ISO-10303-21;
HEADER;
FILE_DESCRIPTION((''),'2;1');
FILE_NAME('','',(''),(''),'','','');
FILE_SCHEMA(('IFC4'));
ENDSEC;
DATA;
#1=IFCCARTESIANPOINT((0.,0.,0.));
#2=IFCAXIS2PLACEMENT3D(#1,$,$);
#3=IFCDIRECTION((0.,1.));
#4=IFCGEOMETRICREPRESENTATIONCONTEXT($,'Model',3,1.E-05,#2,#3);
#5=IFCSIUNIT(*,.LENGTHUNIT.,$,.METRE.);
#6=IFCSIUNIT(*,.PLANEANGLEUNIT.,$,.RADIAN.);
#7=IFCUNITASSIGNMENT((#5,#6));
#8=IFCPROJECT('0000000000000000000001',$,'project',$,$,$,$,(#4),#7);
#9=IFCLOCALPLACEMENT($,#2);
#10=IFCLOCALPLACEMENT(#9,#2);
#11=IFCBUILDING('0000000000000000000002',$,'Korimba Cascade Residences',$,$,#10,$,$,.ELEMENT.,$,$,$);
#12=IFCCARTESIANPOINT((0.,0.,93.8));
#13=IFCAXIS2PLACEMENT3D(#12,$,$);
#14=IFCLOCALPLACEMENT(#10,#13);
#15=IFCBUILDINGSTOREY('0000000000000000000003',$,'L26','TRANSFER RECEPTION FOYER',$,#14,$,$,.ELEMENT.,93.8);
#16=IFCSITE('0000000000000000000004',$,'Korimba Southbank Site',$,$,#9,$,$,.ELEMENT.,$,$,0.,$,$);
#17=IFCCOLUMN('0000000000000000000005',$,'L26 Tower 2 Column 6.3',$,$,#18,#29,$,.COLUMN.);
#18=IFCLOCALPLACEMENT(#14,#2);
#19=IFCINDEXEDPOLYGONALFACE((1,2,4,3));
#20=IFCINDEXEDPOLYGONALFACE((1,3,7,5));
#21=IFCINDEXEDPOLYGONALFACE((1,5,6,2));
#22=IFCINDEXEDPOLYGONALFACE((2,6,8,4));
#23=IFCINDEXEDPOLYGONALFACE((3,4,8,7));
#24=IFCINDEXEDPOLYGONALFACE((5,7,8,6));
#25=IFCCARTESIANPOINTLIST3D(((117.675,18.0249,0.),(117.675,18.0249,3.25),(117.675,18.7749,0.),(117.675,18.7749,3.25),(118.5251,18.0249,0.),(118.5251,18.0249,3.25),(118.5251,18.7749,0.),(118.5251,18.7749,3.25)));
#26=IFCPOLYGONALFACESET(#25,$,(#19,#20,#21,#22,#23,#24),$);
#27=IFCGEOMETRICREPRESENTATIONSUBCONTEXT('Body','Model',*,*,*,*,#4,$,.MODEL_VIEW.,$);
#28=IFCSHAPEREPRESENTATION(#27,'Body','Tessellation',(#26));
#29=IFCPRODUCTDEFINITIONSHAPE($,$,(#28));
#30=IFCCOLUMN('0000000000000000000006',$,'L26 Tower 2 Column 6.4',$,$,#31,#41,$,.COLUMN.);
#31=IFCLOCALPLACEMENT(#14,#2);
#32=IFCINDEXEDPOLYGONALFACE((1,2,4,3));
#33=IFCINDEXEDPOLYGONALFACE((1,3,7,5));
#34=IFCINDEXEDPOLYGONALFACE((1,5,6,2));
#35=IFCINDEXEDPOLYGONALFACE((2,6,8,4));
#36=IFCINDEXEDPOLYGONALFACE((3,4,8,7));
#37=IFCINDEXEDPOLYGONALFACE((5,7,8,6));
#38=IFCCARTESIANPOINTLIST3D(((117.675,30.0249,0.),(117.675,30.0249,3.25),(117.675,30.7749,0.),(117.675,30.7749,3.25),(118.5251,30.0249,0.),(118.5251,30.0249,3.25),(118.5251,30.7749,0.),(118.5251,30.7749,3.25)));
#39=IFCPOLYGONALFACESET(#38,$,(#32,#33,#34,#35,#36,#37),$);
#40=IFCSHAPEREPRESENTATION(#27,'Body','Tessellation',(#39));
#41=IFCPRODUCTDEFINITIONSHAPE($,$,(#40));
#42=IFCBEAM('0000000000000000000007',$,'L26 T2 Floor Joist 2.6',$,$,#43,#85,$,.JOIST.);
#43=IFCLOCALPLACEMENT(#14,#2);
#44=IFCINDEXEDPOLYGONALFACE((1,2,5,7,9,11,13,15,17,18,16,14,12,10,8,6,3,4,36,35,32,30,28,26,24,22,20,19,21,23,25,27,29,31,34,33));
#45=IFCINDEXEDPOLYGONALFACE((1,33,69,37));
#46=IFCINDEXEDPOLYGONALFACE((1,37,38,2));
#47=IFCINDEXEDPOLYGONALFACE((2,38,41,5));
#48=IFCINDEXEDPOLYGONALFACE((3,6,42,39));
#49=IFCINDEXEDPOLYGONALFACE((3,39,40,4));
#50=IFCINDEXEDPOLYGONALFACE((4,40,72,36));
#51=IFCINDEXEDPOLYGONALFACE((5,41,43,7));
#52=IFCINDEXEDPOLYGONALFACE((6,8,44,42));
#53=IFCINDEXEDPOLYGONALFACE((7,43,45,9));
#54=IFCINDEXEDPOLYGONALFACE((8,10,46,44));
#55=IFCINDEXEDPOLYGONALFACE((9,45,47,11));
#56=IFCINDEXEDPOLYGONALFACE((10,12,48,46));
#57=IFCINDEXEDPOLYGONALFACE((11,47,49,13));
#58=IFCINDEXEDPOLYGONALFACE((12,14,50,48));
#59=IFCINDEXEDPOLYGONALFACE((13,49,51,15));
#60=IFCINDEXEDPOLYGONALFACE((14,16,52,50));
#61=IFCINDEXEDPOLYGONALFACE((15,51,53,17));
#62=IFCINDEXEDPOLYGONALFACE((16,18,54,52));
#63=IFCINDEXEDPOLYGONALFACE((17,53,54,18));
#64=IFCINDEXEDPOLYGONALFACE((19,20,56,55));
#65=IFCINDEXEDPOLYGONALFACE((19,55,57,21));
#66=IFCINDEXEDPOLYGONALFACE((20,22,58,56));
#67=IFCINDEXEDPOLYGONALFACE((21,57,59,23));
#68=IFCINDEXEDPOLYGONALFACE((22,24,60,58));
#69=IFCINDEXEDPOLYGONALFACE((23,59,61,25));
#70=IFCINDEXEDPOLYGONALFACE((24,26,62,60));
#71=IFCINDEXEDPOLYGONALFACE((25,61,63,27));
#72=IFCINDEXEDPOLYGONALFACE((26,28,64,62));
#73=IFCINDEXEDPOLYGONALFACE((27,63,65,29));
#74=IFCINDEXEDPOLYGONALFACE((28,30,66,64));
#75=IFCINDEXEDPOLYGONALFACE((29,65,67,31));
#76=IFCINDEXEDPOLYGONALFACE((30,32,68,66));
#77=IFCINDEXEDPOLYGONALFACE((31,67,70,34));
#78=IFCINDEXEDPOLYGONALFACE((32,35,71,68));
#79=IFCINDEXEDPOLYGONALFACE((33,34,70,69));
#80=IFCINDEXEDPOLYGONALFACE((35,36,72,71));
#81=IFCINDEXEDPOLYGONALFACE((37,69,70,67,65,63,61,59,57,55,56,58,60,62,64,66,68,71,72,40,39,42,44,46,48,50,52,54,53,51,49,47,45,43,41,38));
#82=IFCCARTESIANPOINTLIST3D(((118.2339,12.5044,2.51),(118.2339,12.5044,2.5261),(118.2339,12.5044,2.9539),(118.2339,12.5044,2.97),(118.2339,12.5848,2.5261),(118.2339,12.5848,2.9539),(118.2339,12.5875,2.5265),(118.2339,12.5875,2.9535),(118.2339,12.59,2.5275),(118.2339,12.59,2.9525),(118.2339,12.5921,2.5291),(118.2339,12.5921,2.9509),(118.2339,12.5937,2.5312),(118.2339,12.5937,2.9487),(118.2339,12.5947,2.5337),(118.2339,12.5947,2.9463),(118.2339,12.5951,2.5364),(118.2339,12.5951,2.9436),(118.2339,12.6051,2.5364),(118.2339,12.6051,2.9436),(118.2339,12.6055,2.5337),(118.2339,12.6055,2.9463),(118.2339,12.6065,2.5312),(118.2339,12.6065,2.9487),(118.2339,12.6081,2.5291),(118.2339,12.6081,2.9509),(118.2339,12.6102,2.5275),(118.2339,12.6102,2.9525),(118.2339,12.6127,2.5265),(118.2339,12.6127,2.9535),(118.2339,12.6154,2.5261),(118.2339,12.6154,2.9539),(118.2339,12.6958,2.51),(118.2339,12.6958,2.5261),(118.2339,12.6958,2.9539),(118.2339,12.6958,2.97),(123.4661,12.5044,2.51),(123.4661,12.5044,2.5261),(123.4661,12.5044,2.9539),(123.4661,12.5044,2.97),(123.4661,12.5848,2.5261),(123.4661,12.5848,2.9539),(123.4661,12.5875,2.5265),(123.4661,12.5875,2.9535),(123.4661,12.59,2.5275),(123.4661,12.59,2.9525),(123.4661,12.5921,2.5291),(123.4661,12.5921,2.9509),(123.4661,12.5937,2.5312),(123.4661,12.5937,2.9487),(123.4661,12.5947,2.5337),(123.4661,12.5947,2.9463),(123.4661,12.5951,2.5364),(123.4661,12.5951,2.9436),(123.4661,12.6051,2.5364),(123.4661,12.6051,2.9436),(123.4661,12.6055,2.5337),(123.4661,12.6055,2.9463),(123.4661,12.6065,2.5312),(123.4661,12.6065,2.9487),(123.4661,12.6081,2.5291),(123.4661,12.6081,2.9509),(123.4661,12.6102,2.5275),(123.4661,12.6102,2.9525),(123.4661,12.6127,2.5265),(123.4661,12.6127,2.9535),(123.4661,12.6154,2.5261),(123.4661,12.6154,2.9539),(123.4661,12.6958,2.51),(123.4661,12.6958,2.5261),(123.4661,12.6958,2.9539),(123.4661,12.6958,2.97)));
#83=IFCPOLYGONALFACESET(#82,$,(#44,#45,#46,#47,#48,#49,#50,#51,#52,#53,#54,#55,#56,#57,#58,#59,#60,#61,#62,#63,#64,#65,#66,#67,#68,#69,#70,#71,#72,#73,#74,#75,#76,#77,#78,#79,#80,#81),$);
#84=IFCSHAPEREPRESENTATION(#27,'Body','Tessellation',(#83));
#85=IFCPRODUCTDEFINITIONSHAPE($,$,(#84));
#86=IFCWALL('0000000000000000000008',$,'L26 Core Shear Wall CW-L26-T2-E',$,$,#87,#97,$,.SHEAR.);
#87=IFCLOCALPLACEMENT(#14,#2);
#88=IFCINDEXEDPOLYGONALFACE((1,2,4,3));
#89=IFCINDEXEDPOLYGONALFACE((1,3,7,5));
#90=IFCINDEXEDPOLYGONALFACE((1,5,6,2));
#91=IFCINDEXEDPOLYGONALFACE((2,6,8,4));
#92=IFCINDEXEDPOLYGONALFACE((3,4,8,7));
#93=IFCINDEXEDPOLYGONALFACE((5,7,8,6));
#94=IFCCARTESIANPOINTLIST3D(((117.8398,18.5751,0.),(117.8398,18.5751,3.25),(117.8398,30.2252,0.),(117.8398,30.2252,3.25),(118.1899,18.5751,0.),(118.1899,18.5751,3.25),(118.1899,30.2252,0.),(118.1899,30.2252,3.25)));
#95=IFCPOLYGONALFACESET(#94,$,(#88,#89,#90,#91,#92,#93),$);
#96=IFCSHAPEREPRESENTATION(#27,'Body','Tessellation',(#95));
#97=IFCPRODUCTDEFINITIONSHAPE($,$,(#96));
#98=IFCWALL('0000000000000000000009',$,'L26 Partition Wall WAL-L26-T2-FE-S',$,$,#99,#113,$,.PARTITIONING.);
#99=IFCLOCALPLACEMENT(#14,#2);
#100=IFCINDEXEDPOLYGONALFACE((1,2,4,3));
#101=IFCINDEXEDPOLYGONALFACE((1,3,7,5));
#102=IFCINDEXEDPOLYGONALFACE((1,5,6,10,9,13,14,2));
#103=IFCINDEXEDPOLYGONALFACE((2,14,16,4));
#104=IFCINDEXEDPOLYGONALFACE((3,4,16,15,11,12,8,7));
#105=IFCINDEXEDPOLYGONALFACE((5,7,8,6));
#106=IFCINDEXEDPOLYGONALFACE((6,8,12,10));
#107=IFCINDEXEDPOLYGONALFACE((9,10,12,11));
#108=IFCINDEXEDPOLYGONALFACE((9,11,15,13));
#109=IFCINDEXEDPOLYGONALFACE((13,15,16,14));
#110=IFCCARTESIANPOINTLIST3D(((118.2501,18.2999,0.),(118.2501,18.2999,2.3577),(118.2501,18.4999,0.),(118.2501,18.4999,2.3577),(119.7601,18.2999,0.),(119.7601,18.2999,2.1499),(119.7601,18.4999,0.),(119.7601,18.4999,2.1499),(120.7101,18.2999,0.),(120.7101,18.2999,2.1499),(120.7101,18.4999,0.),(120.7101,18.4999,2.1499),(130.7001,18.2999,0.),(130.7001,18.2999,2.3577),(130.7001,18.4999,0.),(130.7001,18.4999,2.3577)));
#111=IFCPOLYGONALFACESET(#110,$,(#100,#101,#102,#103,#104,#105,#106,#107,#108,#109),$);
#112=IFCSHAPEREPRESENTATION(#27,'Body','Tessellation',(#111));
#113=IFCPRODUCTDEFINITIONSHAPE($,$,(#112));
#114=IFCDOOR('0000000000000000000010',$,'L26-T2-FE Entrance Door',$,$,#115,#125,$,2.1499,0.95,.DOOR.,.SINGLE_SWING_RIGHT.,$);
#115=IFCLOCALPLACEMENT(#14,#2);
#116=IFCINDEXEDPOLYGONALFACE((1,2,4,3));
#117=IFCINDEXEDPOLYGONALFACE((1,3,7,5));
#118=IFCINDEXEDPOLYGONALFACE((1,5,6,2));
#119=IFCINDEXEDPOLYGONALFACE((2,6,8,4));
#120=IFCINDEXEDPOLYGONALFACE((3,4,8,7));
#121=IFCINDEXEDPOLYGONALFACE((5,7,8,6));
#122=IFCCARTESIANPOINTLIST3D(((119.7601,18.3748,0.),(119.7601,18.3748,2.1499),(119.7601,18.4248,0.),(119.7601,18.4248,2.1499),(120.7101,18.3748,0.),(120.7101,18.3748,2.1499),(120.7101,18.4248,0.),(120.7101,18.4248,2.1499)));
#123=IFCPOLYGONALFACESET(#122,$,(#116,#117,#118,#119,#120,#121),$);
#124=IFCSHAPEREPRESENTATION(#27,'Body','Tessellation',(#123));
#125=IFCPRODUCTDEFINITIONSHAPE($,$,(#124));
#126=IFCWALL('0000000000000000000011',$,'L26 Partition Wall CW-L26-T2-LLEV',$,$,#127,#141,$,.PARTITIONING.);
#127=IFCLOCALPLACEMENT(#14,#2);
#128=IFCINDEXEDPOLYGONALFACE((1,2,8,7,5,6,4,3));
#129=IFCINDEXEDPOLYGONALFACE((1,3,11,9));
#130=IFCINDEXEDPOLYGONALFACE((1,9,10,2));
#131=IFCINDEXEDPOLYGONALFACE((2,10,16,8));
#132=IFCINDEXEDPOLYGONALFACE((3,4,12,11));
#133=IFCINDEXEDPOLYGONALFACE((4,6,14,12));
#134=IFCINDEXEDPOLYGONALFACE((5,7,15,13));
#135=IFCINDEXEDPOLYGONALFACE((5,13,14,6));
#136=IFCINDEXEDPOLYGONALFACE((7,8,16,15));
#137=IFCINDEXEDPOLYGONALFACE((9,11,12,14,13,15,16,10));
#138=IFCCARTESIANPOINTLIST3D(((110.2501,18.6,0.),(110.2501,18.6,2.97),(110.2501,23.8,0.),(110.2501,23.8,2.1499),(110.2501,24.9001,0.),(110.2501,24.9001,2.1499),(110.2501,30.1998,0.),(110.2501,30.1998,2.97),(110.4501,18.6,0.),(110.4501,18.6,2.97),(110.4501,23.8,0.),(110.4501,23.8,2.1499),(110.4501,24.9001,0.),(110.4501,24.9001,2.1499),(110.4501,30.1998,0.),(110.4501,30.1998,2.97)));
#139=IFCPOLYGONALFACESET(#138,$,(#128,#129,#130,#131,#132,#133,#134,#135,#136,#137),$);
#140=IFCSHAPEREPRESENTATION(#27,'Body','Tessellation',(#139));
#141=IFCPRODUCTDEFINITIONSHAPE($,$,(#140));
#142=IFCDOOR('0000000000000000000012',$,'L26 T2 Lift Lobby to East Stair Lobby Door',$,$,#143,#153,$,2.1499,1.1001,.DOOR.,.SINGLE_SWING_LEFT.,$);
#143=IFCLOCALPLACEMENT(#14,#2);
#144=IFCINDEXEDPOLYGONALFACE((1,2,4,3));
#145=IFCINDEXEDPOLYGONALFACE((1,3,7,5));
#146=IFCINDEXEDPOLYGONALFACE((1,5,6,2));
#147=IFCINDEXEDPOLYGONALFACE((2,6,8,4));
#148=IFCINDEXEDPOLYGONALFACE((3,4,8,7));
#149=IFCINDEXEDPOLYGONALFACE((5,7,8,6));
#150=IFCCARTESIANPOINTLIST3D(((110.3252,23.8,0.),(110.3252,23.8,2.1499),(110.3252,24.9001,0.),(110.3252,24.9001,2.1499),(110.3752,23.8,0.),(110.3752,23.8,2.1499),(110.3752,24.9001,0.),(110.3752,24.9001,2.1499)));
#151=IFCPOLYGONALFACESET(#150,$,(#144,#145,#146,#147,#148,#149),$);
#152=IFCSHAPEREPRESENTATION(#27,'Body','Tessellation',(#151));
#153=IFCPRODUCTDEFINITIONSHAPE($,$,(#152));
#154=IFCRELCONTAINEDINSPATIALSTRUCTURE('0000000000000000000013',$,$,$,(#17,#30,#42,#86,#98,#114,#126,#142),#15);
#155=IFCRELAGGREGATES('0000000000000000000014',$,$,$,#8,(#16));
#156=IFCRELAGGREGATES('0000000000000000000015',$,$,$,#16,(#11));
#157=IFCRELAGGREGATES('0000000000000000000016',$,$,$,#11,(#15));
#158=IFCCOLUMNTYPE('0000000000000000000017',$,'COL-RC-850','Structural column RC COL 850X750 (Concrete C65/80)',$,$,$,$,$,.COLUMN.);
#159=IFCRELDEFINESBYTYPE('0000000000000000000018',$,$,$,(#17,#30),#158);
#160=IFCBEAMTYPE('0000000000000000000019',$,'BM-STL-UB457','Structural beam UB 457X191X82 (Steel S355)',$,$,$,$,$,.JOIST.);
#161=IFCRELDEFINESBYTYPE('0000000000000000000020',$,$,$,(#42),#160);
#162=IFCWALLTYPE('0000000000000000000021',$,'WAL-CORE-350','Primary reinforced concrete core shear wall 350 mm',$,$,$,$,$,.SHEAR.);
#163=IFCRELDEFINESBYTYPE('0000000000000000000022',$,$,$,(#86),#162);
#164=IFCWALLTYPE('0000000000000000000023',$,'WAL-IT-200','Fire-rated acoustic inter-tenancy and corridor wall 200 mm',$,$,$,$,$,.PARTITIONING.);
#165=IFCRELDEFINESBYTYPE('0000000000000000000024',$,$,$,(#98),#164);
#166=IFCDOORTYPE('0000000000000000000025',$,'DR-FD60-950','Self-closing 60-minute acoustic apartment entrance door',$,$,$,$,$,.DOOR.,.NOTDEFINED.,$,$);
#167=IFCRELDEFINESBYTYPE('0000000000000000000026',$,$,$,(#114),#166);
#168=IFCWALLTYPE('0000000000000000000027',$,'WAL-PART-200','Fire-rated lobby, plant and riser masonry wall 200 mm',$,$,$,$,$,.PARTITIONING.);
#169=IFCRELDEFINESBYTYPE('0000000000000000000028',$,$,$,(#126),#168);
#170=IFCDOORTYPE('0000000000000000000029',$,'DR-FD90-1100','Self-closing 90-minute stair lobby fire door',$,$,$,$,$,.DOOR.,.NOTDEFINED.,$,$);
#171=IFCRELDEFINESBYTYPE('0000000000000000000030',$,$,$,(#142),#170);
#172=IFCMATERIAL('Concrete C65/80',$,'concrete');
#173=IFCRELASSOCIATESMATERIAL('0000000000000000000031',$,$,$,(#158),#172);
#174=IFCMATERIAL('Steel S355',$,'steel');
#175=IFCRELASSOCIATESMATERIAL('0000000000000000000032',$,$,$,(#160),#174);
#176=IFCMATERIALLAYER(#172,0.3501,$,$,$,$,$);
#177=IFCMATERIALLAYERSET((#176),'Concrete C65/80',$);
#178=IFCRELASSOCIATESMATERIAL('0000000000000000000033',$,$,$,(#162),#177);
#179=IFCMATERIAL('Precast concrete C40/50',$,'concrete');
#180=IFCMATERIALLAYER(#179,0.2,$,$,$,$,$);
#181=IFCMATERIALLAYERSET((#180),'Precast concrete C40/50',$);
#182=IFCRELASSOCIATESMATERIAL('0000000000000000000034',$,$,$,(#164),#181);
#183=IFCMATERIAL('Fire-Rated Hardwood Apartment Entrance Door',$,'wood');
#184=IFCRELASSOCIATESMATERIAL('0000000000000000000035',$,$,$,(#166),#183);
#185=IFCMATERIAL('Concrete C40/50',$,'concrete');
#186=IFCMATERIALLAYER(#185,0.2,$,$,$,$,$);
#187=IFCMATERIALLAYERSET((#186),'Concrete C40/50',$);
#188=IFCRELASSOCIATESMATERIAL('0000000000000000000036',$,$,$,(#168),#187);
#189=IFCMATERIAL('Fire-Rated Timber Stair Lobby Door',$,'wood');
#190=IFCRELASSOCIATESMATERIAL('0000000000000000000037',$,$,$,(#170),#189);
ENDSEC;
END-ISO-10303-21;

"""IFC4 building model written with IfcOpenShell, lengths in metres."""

from ifc_helpers import new_model, si_unit, direction, frame, frame_2d, origin, origin_2d, place, context, subcontext, project, spatial, rectangle, i_section, extrude, material, layer, layer_set, material_profile, profile_set, type_object, element, fill, save


model = new_model("IFC4")

# Units and contexts
model_context = context("Model", 3, precision=1e-05, world=origin(), true_north=direction((0.0, 1.0)))
body_context = subcontext(model_context, "Body", "Model", "MODEL_VIEW")
ifc_project = project(units=[si_unit("LENGTHUNIT", "METRE"), si_unit("PLANEANGLEUNIT", "RADIAN")], contexts=[model_context])

# Site, building, storey
site_placement = place(None, origin())
site = spatial("IfcSite", under=ifc_project, at=site_placement, Name="Korimba Southbank Site", CompositionType="ELEMENT", RefElevation=0.0)
building_placement = place(site_placement, origin())
building = spatial("IfcBuilding", under=site, at=building_placement, Name="Korimba Cascade Residences", CompositionType="ELEMENT")
storey_placement = place(building_placement, frame((0.0, 0.0, 93.8)))
storey = spatial("IfcBuildingStorey", under=building, at=storey_placement, Name="L26", Description="TRANSFER RECEPTION FOYER", CompositionType="ELEMENT", Elevation=93.8)

# Columns
ifc_material_1 = material(Name="Concrete C65/80", Category="concrete")
ifc_material_profile_1 = material_profile(ifc_material_1, rectangle(XDim=0.8501, YDim=0.75, at=origin_2d()), Name="Concrete C65/80")
ifc_profile_set_1 = profile_set([ifc_material_profile_1], Name="Concrete C65/80")
column_type = type_object("IfcColumnType", Name="COL-RC-850", Description="Structural column RC COL 850X750 (Concrete C65/80)", PredefinedType="COLUMN", material=ifc_profile_set_1)
for number, where, z_axis, x_axis, name in (
    (1, (118.1001, 18.3999, 0.0), (0.0, 0.0, 1.0), (1.0, 0.0, 0.0), "L26 Tower 2 Column 6.3"),
    (2, (118.1001, 30.3999, 0.0), (0.0, 0.0, 1.0), (1.0, 0.0, 0.0), "L26 Tower 2 Column 6.4"),
):
    element("IfcColumn", number, at=place(storey_placement, frame(where, z_axis=z_axis, x_axis=x_axis)), inside=storey, type_object=column_type, Name=name, PredefinedType="COLUMN", context=body_context, shape_type="SweptSolid", body=[
        extrude(rectangle(XDim=0.8501, YDim=0.75, at=origin_2d()), origin(), (0.0, 0.0, 1.0), 3.25),
    ])

# Beam
ifc_material_2 = material(Name="Steel S355", Category="steel")
ifc_material_profile_2 = material_profile(ifc_material_2, i_section(OverallWidth=0.1914, OverallDepth=0.46, WebThickness=0.01, FlangeThickness=0.0161, FilletRadius=0.0103, at=origin_2d()), Name="Steel S355")
ifc_profile_set_2 = profile_set([ifc_material_profile_2], Name="Steel S355")
beam_type = type_object("IfcBeamType", Name="BM-STL-UB457", Description="Structural beam UB 457X191X82 (Steel S355)", PredefinedType="JOIST", material=ifc_profile_set_2)
beam_placement = place(storey_placement, frame((118.2339, 12.6001, 2.74), z_axis=(1.0, 0.0, 0.0), x_axis=(0.0, 1.0, 0.0)))
element("IfcBeam", 3, at=beam_placement, inside=storey, type_object=beam_type, Name="L26 T2 Floor Joist 2.6", PredefinedType="JOIST", context=body_context, shape_type="SweptSolid", body=[
    extrude(i_section(OverallWidth=0.1914, OverallDepth=0.46, WebThickness=0.01, FlangeThickness=0.0161, FilletRadius=0.0103, at=origin_2d()), origin(), (0.0, 0.0, 1.0), 5.2322),
])

# Wall
ifc_layer_1 = layer(ifc_material_1, 0.3501)
ifc_layer_set_1 = layer_set([ifc_layer_1], Name="Concrete C65/80")
wall_type_1 = type_object("IfcWallType", Name="WAL-CORE-350", Description="Primary reinforced concrete core shear wall 350 mm", PredefinedType="SHEAR", material=ifc_layer_set_1)
wall_1_placement = place(storey_placement, frame((118.0149, 18.575, 0.0), z_axis=(0.0, 0.0, 1.0), x_axis=(0.0, 1.0, 0.0)))
element("IfcWall", 4, at=wall_1_placement, inside=storey, type_object=wall_type_1, Name="L26 Core Shear Wall CW-L26-T2-E", PredefinedType="SHEAR", context=body_context, shape_type="SweptSolid", body=[
    extrude(rectangle(XDim=11.6501, YDim=0.3501, at=frame_2d((5.8252, 0.0))), origin(), (0.0, 0.0, 1.0), 3.25),
])

# Walls, openings, doors
ifc_material_3 = material(Name="Precast concrete C40/50", Category="concrete")
ifc_layer_2 = layer(ifc_material_3, 0.2)
ifc_layer_set_2 = layer_set([ifc_layer_2], Name="Precast concrete C40/50")
wall_type_2 = type_object("IfcWallType", Name="WAL-IT-200", Description="Fire-rated acoustic inter-tenancy and corridor wall 200 mm", PredefinedType="PARTITIONING", material=ifc_layer_set_2)
wall_2_placement = place(storey_placement, frame((118.25, 18.3999, 0.0), z_axis=(0.0, 0.0, 1.0), x_axis=(1.0, 0.0, 0.0)))
wall_2 = element("IfcWall", 5, at=wall_2_placement, inside=storey, type_object=wall_type_2, Name="L26 Partition Wall WAL-L26-T2-FE-S", PredefinedType="PARTITIONING", context=body_context, shape_type="SweptSolid", body=[
    extrude(rectangle(XDim=12.45, YDim=0.2, at=frame_2d((6.2251, 0.0))), origin(), (0.0, 0.0, 1.0), 2.3577),
])
opening_1_placement = place(wall_2_placement, frame((1.51, 0.0, 0.0)))
opening_1 = element("IfcOpeningElement", 6, at=opening_1_placement, cuts=wall_2, PredefinedType="OPENING", context=body_context, shape_type="SweptSolid", body=[
    extrude(rectangle(XDim=0.95, YDim=2.1499, at=frame_2d((0.4751, 1.075))), frame((0.0, 0.1099, 0.0), z_axis=(0.0, -1.0, 0.0), x_axis=(1.0, 0.0, 0.0)), (0.0, 0.0, 1.0), 0.22),
])
ifc_material_4 = material(Name="Fire-Rated Hardwood Apartment Entrance Door", Category="wood")
door_type_1 = type_object("IfcDoorType", Name="DR-FD60-950", Description="Self-closing 60-minute acoustic apartment entrance door", OperationType="NOTDEFINED", PredefinedType="DOOR", material=ifc_material_4)
door_1_placement = place(opening_1_placement, origin())
door_1 = element("IfcDoor", 7, at=door_1_placement, inside=storey, type_object=door_type_1, Name="L26-T2-FE Entrance Door", OperationType="SINGLE_SWING_RIGHT", OverallHeight=2.1499, OverallWidth=0.95, PredefinedType="DOOR", context=body_context, shape_type="SweptSolid", body=[
    extrude(rectangle(XDim=0.95, YDim=2.1499, at=frame_2d((0.4751, 1.075))), frame((0.0, 0.0249, 0.0), z_axis=(0.0, -1.0, 0.0), x_axis=(1.0, 0.0, 0.0)), (0.0, 0.0, 1.0), 0.05),
])
fill(opening_1, door_1)
ifc_material_5 = material(Name="Concrete C40/50", Category="concrete")
ifc_layer_3 = layer(ifc_material_5, 0.2)
ifc_layer_set_3 = layer_set([ifc_layer_3], Name="Concrete C40/50")
wall_type_3 = type_object("IfcWallType", Name="WAL-PART-200", Description="Fire-rated lobby, plant and riser masonry wall 200 mm", PredefinedType="PARTITIONING", material=ifc_layer_set_3)
wall_3_placement = place(storey_placement, frame((110.3501, 18.6001, 0.0), z_axis=(0.0, 0.0, 1.0), x_axis=(0.0, 1.0, 0.0)))
wall_3 = element("IfcWall", 8, at=wall_3_placement, inside=storey, type_object=wall_type_3, Name="L26 Partition Wall CW-L26-T2-LLEV", PredefinedType="PARTITIONING", context=body_context, shape_type="SweptSolid", body=[
    extrude(rectangle(XDim=11.5999, YDim=0.2, at=frame_2d((5.7998, 0.0))), origin(), (0.0, 0.0, 1.0), 2.97),
])
opening_2_placement = place(wall_3_placement, frame((5.2, 0.0, 0.0)))
opening_2 = element("IfcOpeningElement", 9, at=opening_2_placement, cuts=wall_3, PredefinedType="OPENING", context=body_context, shape_type="SweptSolid", body=[
    extrude(rectangle(XDim=1.1001, YDim=2.1499, at=frame_2d((0.55, 1.075))), frame((0.0, 0.1099, 0.0), z_axis=(0.0, -1.0, 0.0), x_axis=(1.0, 0.0, 0.0)), (0.0, 0.0, 1.0), 0.22),
])
ifc_material_6 = material(Name="Fire-Rated Timber Stair Lobby Door", Category="wood")
door_type_2 = type_object("IfcDoorType", Name="DR-FD90-1100", Description="Self-closing 90-minute stair lobby fire door", OperationType="NOTDEFINED", PredefinedType="DOOR", material=ifc_material_6)
door_2_placement = place(opening_2_placement, origin())
door_2 = element("IfcDoor", 10, at=door_2_placement, inside=storey, type_object=door_type_2, Name="L26 T2 Lift Lobby to East Stair Lobby Door", OperationType="SINGLE_SWING_LEFT", OverallHeight=2.1499, OverallWidth=1.1001, PredefinedType="DOOR", context=body_context, shape_type="SweptSolid", body=[
    extrude(rectangle(XDim=1.1001, YDim=2.1499, at=frame_2d((0.55, 1.075))), frame((0.0, 0.0249, 0.0), z_axis=(0.0, -1.0, 0.0), x_axis=(1.0, 0.0, 0.0)), (0.0, 0.0, 1.0), 0.05),
])
fill(opening_2, door_2)

save(model, "model.ifc")
